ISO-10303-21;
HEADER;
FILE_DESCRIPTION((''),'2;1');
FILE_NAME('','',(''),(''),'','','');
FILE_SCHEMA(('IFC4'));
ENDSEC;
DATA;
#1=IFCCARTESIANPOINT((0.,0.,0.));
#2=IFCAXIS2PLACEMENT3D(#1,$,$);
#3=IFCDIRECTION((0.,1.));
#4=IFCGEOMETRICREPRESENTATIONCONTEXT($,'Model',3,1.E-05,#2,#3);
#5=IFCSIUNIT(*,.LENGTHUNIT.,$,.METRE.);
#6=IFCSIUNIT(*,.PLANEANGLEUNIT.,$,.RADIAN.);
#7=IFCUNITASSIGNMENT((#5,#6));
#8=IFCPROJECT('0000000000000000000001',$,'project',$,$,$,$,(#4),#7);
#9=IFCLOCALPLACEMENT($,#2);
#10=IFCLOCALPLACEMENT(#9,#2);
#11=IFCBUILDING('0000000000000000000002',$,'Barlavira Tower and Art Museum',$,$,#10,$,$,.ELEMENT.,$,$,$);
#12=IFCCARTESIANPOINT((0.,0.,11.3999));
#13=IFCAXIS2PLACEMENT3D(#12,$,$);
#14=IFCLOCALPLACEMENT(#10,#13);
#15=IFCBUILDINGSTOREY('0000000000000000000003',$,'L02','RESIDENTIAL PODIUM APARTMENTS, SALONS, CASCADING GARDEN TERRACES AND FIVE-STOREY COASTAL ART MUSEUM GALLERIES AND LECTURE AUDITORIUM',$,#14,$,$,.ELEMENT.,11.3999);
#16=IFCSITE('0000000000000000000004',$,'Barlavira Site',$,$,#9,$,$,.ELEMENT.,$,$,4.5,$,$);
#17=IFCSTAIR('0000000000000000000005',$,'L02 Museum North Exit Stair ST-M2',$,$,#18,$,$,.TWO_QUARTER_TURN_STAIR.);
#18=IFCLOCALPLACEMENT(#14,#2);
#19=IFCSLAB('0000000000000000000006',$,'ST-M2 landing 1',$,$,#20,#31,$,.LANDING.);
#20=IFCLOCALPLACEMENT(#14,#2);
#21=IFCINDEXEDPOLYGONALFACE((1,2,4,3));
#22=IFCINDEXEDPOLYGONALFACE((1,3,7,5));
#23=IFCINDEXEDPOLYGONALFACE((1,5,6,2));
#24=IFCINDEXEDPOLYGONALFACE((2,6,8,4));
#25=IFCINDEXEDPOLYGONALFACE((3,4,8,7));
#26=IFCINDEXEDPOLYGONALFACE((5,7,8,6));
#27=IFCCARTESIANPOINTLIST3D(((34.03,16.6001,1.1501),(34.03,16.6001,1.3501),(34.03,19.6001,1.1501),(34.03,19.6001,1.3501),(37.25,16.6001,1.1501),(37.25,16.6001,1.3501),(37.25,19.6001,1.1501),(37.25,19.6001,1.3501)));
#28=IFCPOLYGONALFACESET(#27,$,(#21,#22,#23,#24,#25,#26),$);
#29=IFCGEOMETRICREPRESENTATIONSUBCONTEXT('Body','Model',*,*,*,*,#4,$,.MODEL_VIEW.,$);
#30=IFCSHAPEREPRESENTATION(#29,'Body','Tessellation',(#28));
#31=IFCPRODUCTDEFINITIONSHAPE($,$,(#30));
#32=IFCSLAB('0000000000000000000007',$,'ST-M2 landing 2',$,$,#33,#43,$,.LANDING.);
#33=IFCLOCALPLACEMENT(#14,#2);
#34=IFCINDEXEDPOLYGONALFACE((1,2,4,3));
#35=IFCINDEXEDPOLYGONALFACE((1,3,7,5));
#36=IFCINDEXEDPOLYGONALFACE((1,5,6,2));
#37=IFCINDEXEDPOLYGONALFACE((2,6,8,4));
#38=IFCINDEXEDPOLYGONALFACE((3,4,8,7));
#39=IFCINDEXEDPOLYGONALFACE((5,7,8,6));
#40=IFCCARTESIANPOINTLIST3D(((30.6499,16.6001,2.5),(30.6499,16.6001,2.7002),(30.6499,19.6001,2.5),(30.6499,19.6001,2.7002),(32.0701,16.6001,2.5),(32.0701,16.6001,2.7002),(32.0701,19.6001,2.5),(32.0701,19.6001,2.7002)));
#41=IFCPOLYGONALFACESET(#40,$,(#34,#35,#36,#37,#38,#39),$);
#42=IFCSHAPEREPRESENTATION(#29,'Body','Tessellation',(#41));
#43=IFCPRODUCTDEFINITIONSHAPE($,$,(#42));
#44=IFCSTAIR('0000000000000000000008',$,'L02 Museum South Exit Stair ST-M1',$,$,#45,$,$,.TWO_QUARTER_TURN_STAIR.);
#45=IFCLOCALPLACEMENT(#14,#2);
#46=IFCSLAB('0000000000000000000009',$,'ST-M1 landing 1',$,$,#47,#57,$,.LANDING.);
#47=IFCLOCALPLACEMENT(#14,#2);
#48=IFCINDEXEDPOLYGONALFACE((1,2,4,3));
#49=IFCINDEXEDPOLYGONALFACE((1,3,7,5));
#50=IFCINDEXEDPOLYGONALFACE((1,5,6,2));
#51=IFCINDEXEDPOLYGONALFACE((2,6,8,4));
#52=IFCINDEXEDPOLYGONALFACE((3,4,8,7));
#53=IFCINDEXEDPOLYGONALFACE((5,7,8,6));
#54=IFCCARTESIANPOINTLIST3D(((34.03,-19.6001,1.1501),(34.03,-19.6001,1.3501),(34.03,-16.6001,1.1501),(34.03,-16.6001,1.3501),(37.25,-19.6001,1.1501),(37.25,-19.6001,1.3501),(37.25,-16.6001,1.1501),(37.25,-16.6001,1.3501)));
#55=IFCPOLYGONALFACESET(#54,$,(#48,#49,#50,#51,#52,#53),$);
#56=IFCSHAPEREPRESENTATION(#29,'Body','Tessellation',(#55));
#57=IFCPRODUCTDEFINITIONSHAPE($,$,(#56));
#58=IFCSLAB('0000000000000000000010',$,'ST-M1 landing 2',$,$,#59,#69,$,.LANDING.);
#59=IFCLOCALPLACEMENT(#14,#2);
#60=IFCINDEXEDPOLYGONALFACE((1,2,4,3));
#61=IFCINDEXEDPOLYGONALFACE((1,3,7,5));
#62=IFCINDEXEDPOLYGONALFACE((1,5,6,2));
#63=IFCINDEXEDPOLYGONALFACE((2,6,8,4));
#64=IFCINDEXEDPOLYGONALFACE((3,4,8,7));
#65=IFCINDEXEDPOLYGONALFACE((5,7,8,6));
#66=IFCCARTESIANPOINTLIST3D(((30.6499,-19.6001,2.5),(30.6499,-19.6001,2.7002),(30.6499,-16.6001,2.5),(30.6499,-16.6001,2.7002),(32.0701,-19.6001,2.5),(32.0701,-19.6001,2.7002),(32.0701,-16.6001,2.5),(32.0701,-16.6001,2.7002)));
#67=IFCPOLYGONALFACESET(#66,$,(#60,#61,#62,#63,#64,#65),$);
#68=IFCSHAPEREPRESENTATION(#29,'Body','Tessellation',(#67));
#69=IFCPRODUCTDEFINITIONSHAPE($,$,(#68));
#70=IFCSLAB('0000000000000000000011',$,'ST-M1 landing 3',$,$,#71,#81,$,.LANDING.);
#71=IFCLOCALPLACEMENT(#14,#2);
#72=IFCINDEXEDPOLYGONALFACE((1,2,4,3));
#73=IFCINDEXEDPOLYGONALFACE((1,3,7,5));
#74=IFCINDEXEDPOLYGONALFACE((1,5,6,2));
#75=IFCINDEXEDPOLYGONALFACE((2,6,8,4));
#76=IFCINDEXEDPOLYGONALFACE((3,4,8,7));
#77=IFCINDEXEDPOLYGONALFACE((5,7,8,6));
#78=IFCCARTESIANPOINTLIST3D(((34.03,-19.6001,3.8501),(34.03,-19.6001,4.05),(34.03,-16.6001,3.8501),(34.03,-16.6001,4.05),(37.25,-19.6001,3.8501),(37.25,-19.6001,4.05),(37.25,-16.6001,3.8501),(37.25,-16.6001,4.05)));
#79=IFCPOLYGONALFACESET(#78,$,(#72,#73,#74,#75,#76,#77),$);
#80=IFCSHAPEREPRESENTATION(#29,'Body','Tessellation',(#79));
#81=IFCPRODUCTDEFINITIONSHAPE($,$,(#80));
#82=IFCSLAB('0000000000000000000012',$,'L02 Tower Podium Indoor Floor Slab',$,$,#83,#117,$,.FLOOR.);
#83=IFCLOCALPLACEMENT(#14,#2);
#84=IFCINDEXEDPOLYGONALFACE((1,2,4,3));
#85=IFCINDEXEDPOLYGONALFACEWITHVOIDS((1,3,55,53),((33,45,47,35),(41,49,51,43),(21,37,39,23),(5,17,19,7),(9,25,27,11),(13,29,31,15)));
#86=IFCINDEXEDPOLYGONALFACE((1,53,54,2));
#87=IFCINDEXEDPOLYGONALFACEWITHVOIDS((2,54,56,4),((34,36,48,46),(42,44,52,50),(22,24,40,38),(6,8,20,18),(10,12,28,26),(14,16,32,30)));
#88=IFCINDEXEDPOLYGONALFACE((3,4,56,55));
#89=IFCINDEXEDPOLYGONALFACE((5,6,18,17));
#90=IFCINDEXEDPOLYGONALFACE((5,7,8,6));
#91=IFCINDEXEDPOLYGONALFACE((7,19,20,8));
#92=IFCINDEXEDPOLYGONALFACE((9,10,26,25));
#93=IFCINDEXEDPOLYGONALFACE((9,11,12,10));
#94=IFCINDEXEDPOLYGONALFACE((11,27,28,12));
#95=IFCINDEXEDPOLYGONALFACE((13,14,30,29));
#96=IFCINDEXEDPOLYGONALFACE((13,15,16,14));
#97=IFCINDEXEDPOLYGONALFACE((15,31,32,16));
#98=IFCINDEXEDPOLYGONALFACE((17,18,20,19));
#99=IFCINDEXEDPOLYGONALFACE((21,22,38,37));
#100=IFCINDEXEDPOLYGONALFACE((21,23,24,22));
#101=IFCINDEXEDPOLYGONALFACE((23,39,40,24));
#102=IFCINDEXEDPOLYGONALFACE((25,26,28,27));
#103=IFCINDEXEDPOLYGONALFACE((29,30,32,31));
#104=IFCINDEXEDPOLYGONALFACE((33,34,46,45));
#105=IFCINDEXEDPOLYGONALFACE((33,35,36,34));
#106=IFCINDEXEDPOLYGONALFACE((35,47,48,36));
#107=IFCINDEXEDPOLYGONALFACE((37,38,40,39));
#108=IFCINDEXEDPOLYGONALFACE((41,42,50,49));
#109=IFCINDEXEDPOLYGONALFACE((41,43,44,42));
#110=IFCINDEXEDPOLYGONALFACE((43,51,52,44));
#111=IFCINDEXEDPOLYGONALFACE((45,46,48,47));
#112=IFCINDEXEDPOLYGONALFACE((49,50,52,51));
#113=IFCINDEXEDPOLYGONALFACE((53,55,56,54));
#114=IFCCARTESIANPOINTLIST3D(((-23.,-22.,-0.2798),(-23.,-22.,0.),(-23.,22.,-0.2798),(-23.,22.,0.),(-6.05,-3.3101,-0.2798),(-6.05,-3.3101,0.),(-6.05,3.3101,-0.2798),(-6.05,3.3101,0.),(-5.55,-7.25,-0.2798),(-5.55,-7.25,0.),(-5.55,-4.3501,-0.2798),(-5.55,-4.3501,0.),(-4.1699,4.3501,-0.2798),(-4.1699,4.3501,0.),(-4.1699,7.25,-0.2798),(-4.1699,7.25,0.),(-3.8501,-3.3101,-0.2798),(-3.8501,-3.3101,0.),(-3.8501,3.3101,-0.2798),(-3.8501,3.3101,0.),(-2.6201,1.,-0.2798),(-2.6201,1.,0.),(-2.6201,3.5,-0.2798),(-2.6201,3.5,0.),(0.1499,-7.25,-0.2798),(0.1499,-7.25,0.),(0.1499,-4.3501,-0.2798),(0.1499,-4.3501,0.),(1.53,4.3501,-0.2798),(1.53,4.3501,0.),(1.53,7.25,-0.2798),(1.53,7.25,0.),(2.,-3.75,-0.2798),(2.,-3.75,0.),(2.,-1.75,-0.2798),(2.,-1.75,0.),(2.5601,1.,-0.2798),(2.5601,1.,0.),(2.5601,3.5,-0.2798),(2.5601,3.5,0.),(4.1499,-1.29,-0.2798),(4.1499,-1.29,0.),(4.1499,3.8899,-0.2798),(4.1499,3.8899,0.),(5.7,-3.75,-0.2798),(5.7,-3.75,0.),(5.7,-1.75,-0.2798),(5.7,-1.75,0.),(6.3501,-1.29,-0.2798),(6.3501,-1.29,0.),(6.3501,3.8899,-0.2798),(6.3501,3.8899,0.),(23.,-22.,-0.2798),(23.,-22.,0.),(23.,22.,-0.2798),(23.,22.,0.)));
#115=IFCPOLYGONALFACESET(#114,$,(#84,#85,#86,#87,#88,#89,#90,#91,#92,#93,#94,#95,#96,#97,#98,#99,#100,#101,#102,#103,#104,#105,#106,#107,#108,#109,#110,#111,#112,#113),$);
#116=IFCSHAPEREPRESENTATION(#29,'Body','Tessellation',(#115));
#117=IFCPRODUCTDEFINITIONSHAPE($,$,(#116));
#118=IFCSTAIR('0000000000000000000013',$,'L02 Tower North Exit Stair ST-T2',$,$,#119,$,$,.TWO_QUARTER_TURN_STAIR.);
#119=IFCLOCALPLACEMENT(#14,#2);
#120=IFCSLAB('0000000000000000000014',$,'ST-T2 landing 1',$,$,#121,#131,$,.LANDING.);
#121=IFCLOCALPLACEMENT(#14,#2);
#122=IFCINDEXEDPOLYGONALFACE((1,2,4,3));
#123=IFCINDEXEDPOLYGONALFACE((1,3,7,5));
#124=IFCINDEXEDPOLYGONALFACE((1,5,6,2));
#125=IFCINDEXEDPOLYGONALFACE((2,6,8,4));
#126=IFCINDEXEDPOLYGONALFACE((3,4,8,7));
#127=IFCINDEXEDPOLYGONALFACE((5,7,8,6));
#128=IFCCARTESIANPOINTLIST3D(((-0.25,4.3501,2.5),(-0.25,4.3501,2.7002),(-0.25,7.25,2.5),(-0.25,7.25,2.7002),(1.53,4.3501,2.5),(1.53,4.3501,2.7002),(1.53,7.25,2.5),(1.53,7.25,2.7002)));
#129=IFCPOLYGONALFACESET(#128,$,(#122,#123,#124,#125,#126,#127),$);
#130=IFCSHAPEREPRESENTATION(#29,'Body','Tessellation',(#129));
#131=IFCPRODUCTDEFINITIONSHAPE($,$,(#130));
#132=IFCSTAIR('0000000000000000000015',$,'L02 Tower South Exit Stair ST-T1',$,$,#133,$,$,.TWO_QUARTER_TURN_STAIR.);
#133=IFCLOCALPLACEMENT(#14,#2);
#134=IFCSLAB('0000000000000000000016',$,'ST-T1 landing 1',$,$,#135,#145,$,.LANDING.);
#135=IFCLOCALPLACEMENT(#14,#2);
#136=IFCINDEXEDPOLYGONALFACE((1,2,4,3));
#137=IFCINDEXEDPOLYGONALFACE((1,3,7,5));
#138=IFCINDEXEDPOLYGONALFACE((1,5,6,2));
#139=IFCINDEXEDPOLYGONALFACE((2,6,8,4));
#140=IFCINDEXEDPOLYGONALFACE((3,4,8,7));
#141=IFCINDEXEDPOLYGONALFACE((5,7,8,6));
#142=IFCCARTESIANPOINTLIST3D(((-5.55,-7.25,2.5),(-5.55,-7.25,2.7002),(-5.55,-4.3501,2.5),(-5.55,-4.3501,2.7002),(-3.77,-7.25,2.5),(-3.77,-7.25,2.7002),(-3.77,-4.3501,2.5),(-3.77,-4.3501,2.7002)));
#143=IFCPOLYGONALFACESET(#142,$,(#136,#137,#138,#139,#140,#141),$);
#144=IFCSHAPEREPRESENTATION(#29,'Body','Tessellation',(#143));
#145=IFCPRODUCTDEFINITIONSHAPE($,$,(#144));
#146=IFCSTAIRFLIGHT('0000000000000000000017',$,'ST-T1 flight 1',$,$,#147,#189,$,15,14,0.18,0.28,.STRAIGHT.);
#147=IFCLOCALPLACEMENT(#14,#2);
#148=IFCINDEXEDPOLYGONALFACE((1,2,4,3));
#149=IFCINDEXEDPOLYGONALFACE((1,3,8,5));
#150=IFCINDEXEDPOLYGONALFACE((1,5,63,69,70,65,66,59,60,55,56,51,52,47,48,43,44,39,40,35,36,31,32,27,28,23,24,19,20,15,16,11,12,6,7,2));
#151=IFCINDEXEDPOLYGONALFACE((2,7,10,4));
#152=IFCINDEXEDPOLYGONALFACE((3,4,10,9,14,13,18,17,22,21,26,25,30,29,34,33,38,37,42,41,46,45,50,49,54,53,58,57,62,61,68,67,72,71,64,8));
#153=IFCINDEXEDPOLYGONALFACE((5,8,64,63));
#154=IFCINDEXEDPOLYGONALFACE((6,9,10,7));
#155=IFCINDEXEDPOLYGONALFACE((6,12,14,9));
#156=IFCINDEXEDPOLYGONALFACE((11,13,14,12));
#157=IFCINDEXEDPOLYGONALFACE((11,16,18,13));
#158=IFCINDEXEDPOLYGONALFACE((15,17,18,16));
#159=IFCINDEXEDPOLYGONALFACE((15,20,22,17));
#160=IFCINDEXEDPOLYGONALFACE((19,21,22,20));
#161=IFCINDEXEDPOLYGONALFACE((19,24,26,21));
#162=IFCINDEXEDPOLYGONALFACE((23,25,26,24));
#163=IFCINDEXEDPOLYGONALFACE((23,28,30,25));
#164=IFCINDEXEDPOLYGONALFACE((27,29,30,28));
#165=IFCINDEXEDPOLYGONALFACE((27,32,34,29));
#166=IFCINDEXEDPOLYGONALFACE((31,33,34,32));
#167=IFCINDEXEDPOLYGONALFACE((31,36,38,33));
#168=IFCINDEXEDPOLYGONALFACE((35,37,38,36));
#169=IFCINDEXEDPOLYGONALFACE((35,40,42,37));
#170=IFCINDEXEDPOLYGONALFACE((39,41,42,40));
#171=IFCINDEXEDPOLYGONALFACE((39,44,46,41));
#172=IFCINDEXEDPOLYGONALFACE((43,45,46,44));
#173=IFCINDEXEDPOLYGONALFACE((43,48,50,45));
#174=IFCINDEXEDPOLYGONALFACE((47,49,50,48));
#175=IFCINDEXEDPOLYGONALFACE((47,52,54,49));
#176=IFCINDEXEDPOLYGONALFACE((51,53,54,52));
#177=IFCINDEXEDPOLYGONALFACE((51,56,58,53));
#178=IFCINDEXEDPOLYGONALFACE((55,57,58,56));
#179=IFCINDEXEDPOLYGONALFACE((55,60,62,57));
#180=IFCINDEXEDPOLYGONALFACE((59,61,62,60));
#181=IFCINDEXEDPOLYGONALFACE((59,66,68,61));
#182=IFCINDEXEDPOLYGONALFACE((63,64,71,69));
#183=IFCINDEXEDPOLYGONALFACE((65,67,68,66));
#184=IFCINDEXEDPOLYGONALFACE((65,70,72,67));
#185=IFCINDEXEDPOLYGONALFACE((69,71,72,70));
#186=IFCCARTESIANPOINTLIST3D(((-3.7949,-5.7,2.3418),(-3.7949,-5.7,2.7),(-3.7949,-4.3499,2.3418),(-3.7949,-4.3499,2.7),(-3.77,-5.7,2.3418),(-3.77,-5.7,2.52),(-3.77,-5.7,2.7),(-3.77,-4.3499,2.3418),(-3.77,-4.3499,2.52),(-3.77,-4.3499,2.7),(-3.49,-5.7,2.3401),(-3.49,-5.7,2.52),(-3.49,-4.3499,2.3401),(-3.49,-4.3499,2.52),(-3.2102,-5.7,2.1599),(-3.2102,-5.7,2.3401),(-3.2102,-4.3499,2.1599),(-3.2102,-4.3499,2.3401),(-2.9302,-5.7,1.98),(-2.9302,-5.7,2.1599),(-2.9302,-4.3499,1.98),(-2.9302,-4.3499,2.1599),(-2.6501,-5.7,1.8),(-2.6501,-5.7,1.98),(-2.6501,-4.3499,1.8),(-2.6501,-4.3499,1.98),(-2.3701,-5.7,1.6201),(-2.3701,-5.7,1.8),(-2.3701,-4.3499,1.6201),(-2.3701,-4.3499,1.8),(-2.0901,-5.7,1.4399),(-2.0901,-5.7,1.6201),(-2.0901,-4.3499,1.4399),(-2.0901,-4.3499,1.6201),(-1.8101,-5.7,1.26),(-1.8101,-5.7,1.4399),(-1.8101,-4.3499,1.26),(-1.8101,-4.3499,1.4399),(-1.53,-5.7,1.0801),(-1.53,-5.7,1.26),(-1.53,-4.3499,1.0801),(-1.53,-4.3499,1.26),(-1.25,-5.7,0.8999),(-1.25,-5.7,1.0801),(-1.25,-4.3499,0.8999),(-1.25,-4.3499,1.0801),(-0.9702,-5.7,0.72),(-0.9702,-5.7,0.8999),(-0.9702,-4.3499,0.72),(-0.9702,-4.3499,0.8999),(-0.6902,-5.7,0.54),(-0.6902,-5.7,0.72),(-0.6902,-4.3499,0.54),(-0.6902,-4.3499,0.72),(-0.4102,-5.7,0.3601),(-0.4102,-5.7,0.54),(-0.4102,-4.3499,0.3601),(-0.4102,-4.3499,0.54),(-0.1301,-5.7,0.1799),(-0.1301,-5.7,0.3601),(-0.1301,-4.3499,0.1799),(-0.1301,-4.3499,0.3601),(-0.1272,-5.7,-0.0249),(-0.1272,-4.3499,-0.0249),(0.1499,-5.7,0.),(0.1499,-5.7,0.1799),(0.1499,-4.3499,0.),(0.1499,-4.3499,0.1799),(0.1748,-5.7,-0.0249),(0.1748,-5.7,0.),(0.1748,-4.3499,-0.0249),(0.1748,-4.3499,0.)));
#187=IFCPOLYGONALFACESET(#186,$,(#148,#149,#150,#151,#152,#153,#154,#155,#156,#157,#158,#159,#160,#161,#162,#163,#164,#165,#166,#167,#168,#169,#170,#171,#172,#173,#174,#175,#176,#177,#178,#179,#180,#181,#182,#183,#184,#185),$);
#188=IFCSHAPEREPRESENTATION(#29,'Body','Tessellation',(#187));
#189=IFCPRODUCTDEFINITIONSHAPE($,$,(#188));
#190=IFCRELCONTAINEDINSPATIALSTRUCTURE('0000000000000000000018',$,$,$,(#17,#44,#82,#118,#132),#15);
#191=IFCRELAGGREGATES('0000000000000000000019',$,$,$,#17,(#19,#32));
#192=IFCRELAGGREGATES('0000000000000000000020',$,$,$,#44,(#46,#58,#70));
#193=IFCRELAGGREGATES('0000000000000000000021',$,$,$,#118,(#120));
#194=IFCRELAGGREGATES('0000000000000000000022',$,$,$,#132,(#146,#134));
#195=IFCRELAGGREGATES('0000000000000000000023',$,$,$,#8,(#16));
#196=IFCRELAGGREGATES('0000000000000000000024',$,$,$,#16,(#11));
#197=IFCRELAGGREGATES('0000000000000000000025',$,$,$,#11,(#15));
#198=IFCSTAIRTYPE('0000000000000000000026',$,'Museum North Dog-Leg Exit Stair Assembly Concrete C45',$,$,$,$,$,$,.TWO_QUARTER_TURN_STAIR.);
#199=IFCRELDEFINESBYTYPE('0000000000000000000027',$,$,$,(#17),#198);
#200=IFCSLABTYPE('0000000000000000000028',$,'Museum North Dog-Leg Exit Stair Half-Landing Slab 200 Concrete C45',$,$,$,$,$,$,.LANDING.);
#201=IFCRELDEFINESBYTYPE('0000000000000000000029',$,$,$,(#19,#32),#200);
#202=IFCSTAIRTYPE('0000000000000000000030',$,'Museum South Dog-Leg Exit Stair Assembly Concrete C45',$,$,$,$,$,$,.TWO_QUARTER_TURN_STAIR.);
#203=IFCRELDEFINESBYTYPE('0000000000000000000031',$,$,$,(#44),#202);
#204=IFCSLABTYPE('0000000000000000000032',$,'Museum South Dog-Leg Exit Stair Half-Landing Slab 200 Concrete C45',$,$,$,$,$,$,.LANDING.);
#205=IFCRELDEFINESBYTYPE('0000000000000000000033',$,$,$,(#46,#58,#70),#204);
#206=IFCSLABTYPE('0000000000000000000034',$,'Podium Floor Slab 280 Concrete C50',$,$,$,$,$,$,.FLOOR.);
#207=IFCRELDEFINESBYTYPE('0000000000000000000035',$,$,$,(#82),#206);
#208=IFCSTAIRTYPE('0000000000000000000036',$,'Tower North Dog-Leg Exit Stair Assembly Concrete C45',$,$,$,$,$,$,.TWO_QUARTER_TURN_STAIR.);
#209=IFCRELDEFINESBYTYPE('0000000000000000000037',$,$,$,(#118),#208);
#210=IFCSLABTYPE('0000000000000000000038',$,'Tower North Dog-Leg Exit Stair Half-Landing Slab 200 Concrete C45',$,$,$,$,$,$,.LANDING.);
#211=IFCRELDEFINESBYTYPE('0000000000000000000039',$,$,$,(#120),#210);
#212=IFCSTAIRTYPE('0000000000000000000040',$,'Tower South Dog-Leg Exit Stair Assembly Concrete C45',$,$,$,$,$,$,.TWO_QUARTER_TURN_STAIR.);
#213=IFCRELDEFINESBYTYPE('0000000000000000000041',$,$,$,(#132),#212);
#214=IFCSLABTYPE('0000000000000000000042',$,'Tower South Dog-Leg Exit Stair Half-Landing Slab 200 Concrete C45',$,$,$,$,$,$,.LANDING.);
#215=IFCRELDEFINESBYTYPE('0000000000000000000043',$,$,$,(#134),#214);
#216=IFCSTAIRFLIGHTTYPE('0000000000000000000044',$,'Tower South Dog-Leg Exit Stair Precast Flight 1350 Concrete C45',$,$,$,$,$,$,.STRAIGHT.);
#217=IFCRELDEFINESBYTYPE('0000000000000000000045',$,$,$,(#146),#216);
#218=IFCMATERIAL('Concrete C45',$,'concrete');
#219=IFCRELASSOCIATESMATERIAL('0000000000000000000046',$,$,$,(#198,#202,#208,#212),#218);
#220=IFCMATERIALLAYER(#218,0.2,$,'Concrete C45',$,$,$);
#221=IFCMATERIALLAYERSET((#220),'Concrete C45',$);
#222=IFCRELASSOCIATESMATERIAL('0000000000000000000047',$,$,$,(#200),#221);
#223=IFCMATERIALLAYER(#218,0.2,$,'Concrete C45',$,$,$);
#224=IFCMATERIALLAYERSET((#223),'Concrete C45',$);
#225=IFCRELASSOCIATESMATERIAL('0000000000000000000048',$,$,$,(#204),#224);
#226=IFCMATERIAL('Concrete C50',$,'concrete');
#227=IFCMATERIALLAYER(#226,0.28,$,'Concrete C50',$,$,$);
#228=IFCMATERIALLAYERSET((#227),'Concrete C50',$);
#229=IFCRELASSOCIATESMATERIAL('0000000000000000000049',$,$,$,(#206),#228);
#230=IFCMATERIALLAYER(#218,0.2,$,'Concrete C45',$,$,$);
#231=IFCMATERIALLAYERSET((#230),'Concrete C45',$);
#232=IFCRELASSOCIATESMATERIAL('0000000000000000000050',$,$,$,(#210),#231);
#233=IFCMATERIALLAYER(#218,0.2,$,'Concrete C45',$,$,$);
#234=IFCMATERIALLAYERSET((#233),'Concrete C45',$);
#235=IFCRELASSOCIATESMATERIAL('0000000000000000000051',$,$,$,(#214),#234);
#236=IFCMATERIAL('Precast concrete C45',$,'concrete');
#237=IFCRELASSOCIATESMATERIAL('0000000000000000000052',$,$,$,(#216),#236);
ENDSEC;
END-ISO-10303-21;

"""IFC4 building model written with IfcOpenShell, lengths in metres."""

from ifc_helpers import new_model, si_unit, direction, frame, origin, place, context, subcontext, project, spatial, polyline, outline, extrude, material, layer, layer_set, type_object, element, aggregate, save


model = new_model("IFC4")

# Units and contexts
model_context = context("Model", 3, precision=1e-05, world=origin(), true_north=direction((0.0, 1.0)))
body_context = subcontext(model_context, "Body", "Model", "MODEL_VIEW")
ifc_project = project(units=[si_unit("LENGTHUNIT", "METRE"), si_unit("PLANEANGLEUNIT", "RADIAN")], contexts=[model_context])

# Site, building, storey
site_placement = place(None, origin())
site = spatial("IfcSite", under=ifc_project, at=site_placement, Name="Barlavira Site", CompositionType="ELEMENT", RefElevation=4.5)
building_placement = place(site_placement, origin())
building = spatial("IfcBuilding", under=site, at=building_placement, Name="Barlavira Tower and Art Museum", CompositionType="ELEMENT")
storey_placement = place(building_placement, frame((0.0, 0.0, 11.3999)))
storey = spatial("IfcBuildingStorey", under=building, at=storey_placement, Name="L02", Description="RESIDENTIAL PODIUM APARTMENTS, SALONS, CASCADING GARDEN TERRACES AND FIVE-STOREY COASTAL ART MUSEUM GALLERIES AND LECTURE AUDITORIUM", CompositionType="ELEMENT", Elevation=11.3999)

# Shared definitions
ifc_material_1 = material(Name="Concrete C50", Category="concrete")

# Stairs, slabs
ifc_material_2 = material(Name="Concrete C45", Category="concrete")
stair_type_1 = type_object("IfcStairType", Name="Museum North Dog-Leg Exit Stair Assembly Concrete C45", PredefinedType="TWO_QUARTER_TURN_STAIR", material=ifc_material_2)
stair_1_placement = place(storey_placement, origin())
stair_1 = element("IfcStair", 1, at=stair_1_placement, inside=storey, type_object=stair_type_1, Name="L02 Museum North Exit Stair ST-M2", PredefinedType="TWO_QUARTER_TURN_STAIR")
ifc_layer_1 = layer(ifc_material_2, 0.2, Name="Concrete C45")
ifc_layer_set_1 = layer_set([ifc_layer_1], Name="Concrete C45")
slab_type_1 = type_object("IfcSlabType", Name="Museum North Dog-Leg Exit Stair Half-Landing Slab 200 Concrete C45", PredefinedType="LANDING", material=ifc_layer_set_1)
slab_1_placement = place(storey_placement, frame((0.0, 0.0, 1.1501)))
slab_1 = element("IfcSlab", 2, at=slab_1_placement, type_object=slab_type_1, Name="ST-M2 landing 1", PredefinedType="LANDING", context=body_context, shape_type="SweptSolid", body=[
    extrude(outline(polyline([(34.03, 16.6001), (37.25, 16.6001), (37.25, 19.6001), (34.03, 19.6001), (34.03, 16.6001)])), origin(), (0.0, 0.0, 1.0), 0.2),
])
slab_2_placement = place(storey_placement, frame((0.0, 0.0, 2.5)))
slab_2 = element("IfcSlab", 3, at=slab_2_placement, type_object=slab_type_1, Name="ST-M2 landing 2", PredefinedType="LANDING", context=body_context, shape_type="SweptSolid", body=[
    extrude(outline(polyline([(30.6499, 16.6001), (32.0701, 16.6001), (32.0701, 19.6001), (30.6499, 19.6001), (30.6499, 16.6001)])), origin(), (0.0, 0.0, 1.0), 0.2002),
])
aggregate(stair_1, [slab_1, slab_2])
stair_type_2 = type_object("IfcStairType", Name="Museum South Dog-Leg Exit Stair Assembly Concrete C45", PredefinedType="TWO_QUARTER_TURN_STAIR", material=ifc_material_2)
stair_2_placement = place(storey_placement, origin())
stair_2 = element("IfcStair", 4, at=stair_2_placement, inside=storey, type_object=stair_type_2, Name="L02 Museum South Exit Stair ST-M1", PredefinedType="TWO_QUARTER_TURN_STAIR")
ifc_layer_2 = layer(ifc_material_2, 0.2, Name="Concrete C45")
ifc_layer_set_2 = layer_set([ifc_layer_2], Name="Concrete C45")
slab_type_2 = type_object("IfcSlabType", Name="Museum South Dog-Leg Exit Stair Half-Landing Slab 200 Concrete C45", PredefinedType="LANDING", material=ifc_layer_set_2)
slab_3_placement = place(storey_placement, frame((0.0, 0.0, 1.1501)))
slab_3 = element("IfcSlab", 5, at=slab_3_placement, type_object=slab_type_2, Name="ST-M1 landing 1", PredefinedType="LANDING", context=body_context, shape_type="SweptSolid", body=[
    extrude(outline(polyline([(34.03, -19.6001), (37.25, -19.6001), (37.25, -16.6001), (34.03, -16.6001), (34.03, -19.6001)])), origin(), (0.0, 0.0, 1.0), 0.2),
])
slab_4_placement = place(storey_placement, frame((0.0, 0.0, 2.5)))
slab_4 = element("IfcSlab", 6, at=slab_4_placement, type_object=slab_type_2, Name="ST-M1 landing 2", PredefinedType="LANDING", context=body_context, shape_type="SweptSolid", body=[
    extrude(outline(polyline([(30.6499, -19.6001), (32.0701, -19.6001), (32.0701, -16.6001), (30.6499, -16.6001), (30.6499, -19.6001)])), origin(), (0.0, 0.0, 1.0), 0.2002),
])
slab_5_placement = place(storey_placement, frame((0.0, 0.0, 3.8501)))
slab_5 = element("IfcSlab", 7, at=slab_5_placement, type_object=slab_type_2, Name="ST-M1 landing 3", PredefinedType="LANDING", context=body_context, shape_type="SweptSolid", body=[
    extrude(outline(polyline([(34.03, -19.6001), (37.25, -19.6001), (37.25, -16.6001), (34.03, -16.6001), (34.03, -19.6001)])), origin(), (0.0, 0.0, 1.0), 0.2),
])
aggregate(stair_2, [slab_3, slab_4, slab_5])

# Slab
ifc_layer_3 = layer(ifc_material_1, 0.28, Name="Concrete C50")
ifc_layer_set_3 = layer_set([ifc_layer_3], Name="Concrete C50")
slab_type_3 = type_object("IfcSlabType", Name="Podium Floor Slab 280 Concrete C50", PredefinedType="FLOOR", material=ifc_layer_set_3)
slab_6_placement = place(storey_placement, frame((0.0, 0.0, -0.2798)))
element("IfcSlab", 8, at=slab_6_placement, inside=storey, type_object=slab_type_3, Name="L02 Tower Podium Indoor Floor Slab", PredefinedType="FLOOR", context=body_context, shape_type="SweptSolid", body=[
    extrude(outline(polyline([(-23.0, -22.0), (23.0, -22.0), (23.0, 22.0), (-23.0, 22.0), (-23.0, -22.0)]), holes=[polyline([(0.1499, -4.3501), (-5.55, -4.3501), (-5.55, -7.25), (0.1499, -7.25), (0.1499, -4.3501)]), polyline([(-4.1699, 4.3501), (1.53, 4.3501), (1.53, 7.25), (-4.1699, 7.25), (-4.1699, 4.3501)]), polyline([(-6.05, -3.3101), (-3.8501, -3.3101), (-3.8501, 3.3101), (-6.05, 3.3101), (-6.05, -3.3101)]), polyline([(4.1499, -1.29), (6.3501, -1.29), (6.3501, 3.8899), (4.1499, 3.8899), (4.1499, -1.29)]), polyline([(-2.6201, 1.0), (2.5601, 1.0), (2.5601, 3.5), (-2.6201, 3.5), (-2.6201, 1.0)]), polyline([(2.0, -3.75), (5.7, -3.75), (5.7, -1.75), (2.0, -1.75), (2.0, -3.75)])]), origin(), (0.0, 0.0, 1.0), 0.2798),
])

# Stair, slab
stair_type_3 = type_object("IfcStairType", Name="Tower North Dog-Leg Exit Stair Assembly Concrete C45", PredefinedType="TWO_QUARTER_TURN_STAIR", material=ifc_material_2)
stair_3_placement = place(storey_placement, origin())
stair_3 = element("IfcStair", 9, at=stair_3_placement, inside=storey, type_object=stair_type_3, Name="L02 Tower North Exit Stair ST-T2", PredefinedType="TWO_QUARTER_TURN_STAIR")
ifc_layer_4 = layer(ifc_material_2, 0.2, Name="Concrete C45")
ifc_layer_set_4 = layer_set([ifc_layer_4], Name="Concrete C45")
slab_type_4 = type_object("IfcSlabType", Name="Tower North Dog-Leg Exit Stair Half-Landing Slab 200 Concrete C45", PredefinedType="LANDING", material=ifc_layer_set_4)
slab_7_placement = place(storey_placement, frame((0.0, 0.0, 2.5)))
slab_7 = element("IfcSlab", 10, at=slab_7_placement, type_object=slab_type_4, Name="ST-T2 landing 1", PredefinedType="LANDING", context=body_context, shape_type="SweptSolid", body=[
    extrude(outline(polyline([(-0.25, 4.3501), (1.53, 4.3501), (1.53, 7.25), (-0.25, 7.25), (-0.25, 4.3501)])), origin(), (0.0, 0.0, 1.0), 0.2002),
])
aggregate(stair_3, [slab_7])

# Stair, slab, stair flight
stair_type_4 = type_object("IfcStairType", Name="Tower South Dog-Leg Exit Stair Assembly Concrete C45", PredefinedType="TWO_QUARTER_TURN_STAIR", material=ifc_material_2)
stair_4_placement = place(storey_placement, origin())
stair_4 = element("IfcStair", 11, at=stair_4_placement, inside=storey, type_object=stair_type_4, Name="L02 Tower South Exit Stair ST-T1", PredefinedType="TWO_QUARTER_TURN_STAIR")
ifc_layer_5 = layer(ifc_material_2, 0.2, Name="Concrete C45")
ifc_layer_set_5 = layer_set([ifc_layer_5], Name="Concrete C45")
slab_type_5 = type_object("IfcSlabType", Name="Tower South Dog-Leg Exit Stair Half-Landing Slab 200 Concrete C45", PredefinedType="LANDING", material=ifc_layer_set_5)
slab_8_placement = place(storey_placement, frame((0.0, 0.0, 2.5)))
slab_8 = element("IfcSlab", 12, at=slab_8_placement, type_object=slab_type_5, Name="ST-T1 landing 1", PredefinedType="LANDING", context=body_context, shape_type="SweptSolid", body=[
    extrude(outline(polyline([(-3.77, -4.3501), (-5.55, -4.3501), (-5.55, -7.25), (-3.77, -7.25), (-3.77, -4.3501)])), origin(), (0.0, 0.0, 1.0), 0.2002),
])
ifc_material_3 = material(Name="Precast concrete C45", Category="concrete")
stair_flight_type = type_object("IfcStairFlightType", Name="Tower South Dog-Leg Exit Stair Precast Flight 1350 Concrete C45", PredefinedType="STRAIGHT", material=ifc_material_3)
stair_flight_placement = place(storey_placement, frame((0.1499, -5.0249, 0.0), z_axis=(0.0, 0.0, 1.0), x_axis=(-1.0, 0.0, 0.0)))
stair_flight = element("IfcStairFlight", 13, at=stair_flight_placement, type_object=stair_flight_type, Name="ST-T1 flight 1", NumberOfRisers=15, NumberOfTreads=14, PredefinedType="STRAIGHT", RiserHeight=0.18, TreadLength=0.28, context=body_context, shape_type="SweptSolid", body=[
    extrude(outline(polyline([(-0.0249, 0.0), (0.0, 0.0), (0.0, 0.1799), (0.28, 0.1799), (0.28, 0.3601), (0.5601, 0.3601), (0.5601, 0.54), (0.8401, 0.54), (0.8401, 0.72), (1.1201, 0.72), (1.1201, 0.8999), (1.3999, 0.8999), (1.3999, 1.0801), (1.6799, 1.0801), (1.6799, 1.26), (1.96, 1.26), (1.96, 1.4399), (2.24, 1.4399), (2.24, 1.6201), (2.52, 1.6201), (2.52, 1.8), (2.8, 1.8), (2.8, 1.98), (3.0801, 1.98), (3.0801, 2.1599), (3.3601, 2.1599), (3.3601, 2.3401), (3.6399, 2.3401), (3.6399, 2.52), (3.9199, 2.52), (3.9199, 2.7), (3.9448, 2.7), (3.9448, 2.3418), (3.9199, 2.3418), (0.2771, -0.0249), (-0.0249, -0.0249), (-0.0249, 0.0)])), frame((0.0, 0.675, 0.0), z_axis=(0.0, -1.0, 0.0), x_axis=(1.0, 0.0, 0.0)), (0.0, 0.0, 1.0), 1.3501),
])
aggregate(stair_4, [stair_flight, slab_8])

save(model, "model.ifc")
